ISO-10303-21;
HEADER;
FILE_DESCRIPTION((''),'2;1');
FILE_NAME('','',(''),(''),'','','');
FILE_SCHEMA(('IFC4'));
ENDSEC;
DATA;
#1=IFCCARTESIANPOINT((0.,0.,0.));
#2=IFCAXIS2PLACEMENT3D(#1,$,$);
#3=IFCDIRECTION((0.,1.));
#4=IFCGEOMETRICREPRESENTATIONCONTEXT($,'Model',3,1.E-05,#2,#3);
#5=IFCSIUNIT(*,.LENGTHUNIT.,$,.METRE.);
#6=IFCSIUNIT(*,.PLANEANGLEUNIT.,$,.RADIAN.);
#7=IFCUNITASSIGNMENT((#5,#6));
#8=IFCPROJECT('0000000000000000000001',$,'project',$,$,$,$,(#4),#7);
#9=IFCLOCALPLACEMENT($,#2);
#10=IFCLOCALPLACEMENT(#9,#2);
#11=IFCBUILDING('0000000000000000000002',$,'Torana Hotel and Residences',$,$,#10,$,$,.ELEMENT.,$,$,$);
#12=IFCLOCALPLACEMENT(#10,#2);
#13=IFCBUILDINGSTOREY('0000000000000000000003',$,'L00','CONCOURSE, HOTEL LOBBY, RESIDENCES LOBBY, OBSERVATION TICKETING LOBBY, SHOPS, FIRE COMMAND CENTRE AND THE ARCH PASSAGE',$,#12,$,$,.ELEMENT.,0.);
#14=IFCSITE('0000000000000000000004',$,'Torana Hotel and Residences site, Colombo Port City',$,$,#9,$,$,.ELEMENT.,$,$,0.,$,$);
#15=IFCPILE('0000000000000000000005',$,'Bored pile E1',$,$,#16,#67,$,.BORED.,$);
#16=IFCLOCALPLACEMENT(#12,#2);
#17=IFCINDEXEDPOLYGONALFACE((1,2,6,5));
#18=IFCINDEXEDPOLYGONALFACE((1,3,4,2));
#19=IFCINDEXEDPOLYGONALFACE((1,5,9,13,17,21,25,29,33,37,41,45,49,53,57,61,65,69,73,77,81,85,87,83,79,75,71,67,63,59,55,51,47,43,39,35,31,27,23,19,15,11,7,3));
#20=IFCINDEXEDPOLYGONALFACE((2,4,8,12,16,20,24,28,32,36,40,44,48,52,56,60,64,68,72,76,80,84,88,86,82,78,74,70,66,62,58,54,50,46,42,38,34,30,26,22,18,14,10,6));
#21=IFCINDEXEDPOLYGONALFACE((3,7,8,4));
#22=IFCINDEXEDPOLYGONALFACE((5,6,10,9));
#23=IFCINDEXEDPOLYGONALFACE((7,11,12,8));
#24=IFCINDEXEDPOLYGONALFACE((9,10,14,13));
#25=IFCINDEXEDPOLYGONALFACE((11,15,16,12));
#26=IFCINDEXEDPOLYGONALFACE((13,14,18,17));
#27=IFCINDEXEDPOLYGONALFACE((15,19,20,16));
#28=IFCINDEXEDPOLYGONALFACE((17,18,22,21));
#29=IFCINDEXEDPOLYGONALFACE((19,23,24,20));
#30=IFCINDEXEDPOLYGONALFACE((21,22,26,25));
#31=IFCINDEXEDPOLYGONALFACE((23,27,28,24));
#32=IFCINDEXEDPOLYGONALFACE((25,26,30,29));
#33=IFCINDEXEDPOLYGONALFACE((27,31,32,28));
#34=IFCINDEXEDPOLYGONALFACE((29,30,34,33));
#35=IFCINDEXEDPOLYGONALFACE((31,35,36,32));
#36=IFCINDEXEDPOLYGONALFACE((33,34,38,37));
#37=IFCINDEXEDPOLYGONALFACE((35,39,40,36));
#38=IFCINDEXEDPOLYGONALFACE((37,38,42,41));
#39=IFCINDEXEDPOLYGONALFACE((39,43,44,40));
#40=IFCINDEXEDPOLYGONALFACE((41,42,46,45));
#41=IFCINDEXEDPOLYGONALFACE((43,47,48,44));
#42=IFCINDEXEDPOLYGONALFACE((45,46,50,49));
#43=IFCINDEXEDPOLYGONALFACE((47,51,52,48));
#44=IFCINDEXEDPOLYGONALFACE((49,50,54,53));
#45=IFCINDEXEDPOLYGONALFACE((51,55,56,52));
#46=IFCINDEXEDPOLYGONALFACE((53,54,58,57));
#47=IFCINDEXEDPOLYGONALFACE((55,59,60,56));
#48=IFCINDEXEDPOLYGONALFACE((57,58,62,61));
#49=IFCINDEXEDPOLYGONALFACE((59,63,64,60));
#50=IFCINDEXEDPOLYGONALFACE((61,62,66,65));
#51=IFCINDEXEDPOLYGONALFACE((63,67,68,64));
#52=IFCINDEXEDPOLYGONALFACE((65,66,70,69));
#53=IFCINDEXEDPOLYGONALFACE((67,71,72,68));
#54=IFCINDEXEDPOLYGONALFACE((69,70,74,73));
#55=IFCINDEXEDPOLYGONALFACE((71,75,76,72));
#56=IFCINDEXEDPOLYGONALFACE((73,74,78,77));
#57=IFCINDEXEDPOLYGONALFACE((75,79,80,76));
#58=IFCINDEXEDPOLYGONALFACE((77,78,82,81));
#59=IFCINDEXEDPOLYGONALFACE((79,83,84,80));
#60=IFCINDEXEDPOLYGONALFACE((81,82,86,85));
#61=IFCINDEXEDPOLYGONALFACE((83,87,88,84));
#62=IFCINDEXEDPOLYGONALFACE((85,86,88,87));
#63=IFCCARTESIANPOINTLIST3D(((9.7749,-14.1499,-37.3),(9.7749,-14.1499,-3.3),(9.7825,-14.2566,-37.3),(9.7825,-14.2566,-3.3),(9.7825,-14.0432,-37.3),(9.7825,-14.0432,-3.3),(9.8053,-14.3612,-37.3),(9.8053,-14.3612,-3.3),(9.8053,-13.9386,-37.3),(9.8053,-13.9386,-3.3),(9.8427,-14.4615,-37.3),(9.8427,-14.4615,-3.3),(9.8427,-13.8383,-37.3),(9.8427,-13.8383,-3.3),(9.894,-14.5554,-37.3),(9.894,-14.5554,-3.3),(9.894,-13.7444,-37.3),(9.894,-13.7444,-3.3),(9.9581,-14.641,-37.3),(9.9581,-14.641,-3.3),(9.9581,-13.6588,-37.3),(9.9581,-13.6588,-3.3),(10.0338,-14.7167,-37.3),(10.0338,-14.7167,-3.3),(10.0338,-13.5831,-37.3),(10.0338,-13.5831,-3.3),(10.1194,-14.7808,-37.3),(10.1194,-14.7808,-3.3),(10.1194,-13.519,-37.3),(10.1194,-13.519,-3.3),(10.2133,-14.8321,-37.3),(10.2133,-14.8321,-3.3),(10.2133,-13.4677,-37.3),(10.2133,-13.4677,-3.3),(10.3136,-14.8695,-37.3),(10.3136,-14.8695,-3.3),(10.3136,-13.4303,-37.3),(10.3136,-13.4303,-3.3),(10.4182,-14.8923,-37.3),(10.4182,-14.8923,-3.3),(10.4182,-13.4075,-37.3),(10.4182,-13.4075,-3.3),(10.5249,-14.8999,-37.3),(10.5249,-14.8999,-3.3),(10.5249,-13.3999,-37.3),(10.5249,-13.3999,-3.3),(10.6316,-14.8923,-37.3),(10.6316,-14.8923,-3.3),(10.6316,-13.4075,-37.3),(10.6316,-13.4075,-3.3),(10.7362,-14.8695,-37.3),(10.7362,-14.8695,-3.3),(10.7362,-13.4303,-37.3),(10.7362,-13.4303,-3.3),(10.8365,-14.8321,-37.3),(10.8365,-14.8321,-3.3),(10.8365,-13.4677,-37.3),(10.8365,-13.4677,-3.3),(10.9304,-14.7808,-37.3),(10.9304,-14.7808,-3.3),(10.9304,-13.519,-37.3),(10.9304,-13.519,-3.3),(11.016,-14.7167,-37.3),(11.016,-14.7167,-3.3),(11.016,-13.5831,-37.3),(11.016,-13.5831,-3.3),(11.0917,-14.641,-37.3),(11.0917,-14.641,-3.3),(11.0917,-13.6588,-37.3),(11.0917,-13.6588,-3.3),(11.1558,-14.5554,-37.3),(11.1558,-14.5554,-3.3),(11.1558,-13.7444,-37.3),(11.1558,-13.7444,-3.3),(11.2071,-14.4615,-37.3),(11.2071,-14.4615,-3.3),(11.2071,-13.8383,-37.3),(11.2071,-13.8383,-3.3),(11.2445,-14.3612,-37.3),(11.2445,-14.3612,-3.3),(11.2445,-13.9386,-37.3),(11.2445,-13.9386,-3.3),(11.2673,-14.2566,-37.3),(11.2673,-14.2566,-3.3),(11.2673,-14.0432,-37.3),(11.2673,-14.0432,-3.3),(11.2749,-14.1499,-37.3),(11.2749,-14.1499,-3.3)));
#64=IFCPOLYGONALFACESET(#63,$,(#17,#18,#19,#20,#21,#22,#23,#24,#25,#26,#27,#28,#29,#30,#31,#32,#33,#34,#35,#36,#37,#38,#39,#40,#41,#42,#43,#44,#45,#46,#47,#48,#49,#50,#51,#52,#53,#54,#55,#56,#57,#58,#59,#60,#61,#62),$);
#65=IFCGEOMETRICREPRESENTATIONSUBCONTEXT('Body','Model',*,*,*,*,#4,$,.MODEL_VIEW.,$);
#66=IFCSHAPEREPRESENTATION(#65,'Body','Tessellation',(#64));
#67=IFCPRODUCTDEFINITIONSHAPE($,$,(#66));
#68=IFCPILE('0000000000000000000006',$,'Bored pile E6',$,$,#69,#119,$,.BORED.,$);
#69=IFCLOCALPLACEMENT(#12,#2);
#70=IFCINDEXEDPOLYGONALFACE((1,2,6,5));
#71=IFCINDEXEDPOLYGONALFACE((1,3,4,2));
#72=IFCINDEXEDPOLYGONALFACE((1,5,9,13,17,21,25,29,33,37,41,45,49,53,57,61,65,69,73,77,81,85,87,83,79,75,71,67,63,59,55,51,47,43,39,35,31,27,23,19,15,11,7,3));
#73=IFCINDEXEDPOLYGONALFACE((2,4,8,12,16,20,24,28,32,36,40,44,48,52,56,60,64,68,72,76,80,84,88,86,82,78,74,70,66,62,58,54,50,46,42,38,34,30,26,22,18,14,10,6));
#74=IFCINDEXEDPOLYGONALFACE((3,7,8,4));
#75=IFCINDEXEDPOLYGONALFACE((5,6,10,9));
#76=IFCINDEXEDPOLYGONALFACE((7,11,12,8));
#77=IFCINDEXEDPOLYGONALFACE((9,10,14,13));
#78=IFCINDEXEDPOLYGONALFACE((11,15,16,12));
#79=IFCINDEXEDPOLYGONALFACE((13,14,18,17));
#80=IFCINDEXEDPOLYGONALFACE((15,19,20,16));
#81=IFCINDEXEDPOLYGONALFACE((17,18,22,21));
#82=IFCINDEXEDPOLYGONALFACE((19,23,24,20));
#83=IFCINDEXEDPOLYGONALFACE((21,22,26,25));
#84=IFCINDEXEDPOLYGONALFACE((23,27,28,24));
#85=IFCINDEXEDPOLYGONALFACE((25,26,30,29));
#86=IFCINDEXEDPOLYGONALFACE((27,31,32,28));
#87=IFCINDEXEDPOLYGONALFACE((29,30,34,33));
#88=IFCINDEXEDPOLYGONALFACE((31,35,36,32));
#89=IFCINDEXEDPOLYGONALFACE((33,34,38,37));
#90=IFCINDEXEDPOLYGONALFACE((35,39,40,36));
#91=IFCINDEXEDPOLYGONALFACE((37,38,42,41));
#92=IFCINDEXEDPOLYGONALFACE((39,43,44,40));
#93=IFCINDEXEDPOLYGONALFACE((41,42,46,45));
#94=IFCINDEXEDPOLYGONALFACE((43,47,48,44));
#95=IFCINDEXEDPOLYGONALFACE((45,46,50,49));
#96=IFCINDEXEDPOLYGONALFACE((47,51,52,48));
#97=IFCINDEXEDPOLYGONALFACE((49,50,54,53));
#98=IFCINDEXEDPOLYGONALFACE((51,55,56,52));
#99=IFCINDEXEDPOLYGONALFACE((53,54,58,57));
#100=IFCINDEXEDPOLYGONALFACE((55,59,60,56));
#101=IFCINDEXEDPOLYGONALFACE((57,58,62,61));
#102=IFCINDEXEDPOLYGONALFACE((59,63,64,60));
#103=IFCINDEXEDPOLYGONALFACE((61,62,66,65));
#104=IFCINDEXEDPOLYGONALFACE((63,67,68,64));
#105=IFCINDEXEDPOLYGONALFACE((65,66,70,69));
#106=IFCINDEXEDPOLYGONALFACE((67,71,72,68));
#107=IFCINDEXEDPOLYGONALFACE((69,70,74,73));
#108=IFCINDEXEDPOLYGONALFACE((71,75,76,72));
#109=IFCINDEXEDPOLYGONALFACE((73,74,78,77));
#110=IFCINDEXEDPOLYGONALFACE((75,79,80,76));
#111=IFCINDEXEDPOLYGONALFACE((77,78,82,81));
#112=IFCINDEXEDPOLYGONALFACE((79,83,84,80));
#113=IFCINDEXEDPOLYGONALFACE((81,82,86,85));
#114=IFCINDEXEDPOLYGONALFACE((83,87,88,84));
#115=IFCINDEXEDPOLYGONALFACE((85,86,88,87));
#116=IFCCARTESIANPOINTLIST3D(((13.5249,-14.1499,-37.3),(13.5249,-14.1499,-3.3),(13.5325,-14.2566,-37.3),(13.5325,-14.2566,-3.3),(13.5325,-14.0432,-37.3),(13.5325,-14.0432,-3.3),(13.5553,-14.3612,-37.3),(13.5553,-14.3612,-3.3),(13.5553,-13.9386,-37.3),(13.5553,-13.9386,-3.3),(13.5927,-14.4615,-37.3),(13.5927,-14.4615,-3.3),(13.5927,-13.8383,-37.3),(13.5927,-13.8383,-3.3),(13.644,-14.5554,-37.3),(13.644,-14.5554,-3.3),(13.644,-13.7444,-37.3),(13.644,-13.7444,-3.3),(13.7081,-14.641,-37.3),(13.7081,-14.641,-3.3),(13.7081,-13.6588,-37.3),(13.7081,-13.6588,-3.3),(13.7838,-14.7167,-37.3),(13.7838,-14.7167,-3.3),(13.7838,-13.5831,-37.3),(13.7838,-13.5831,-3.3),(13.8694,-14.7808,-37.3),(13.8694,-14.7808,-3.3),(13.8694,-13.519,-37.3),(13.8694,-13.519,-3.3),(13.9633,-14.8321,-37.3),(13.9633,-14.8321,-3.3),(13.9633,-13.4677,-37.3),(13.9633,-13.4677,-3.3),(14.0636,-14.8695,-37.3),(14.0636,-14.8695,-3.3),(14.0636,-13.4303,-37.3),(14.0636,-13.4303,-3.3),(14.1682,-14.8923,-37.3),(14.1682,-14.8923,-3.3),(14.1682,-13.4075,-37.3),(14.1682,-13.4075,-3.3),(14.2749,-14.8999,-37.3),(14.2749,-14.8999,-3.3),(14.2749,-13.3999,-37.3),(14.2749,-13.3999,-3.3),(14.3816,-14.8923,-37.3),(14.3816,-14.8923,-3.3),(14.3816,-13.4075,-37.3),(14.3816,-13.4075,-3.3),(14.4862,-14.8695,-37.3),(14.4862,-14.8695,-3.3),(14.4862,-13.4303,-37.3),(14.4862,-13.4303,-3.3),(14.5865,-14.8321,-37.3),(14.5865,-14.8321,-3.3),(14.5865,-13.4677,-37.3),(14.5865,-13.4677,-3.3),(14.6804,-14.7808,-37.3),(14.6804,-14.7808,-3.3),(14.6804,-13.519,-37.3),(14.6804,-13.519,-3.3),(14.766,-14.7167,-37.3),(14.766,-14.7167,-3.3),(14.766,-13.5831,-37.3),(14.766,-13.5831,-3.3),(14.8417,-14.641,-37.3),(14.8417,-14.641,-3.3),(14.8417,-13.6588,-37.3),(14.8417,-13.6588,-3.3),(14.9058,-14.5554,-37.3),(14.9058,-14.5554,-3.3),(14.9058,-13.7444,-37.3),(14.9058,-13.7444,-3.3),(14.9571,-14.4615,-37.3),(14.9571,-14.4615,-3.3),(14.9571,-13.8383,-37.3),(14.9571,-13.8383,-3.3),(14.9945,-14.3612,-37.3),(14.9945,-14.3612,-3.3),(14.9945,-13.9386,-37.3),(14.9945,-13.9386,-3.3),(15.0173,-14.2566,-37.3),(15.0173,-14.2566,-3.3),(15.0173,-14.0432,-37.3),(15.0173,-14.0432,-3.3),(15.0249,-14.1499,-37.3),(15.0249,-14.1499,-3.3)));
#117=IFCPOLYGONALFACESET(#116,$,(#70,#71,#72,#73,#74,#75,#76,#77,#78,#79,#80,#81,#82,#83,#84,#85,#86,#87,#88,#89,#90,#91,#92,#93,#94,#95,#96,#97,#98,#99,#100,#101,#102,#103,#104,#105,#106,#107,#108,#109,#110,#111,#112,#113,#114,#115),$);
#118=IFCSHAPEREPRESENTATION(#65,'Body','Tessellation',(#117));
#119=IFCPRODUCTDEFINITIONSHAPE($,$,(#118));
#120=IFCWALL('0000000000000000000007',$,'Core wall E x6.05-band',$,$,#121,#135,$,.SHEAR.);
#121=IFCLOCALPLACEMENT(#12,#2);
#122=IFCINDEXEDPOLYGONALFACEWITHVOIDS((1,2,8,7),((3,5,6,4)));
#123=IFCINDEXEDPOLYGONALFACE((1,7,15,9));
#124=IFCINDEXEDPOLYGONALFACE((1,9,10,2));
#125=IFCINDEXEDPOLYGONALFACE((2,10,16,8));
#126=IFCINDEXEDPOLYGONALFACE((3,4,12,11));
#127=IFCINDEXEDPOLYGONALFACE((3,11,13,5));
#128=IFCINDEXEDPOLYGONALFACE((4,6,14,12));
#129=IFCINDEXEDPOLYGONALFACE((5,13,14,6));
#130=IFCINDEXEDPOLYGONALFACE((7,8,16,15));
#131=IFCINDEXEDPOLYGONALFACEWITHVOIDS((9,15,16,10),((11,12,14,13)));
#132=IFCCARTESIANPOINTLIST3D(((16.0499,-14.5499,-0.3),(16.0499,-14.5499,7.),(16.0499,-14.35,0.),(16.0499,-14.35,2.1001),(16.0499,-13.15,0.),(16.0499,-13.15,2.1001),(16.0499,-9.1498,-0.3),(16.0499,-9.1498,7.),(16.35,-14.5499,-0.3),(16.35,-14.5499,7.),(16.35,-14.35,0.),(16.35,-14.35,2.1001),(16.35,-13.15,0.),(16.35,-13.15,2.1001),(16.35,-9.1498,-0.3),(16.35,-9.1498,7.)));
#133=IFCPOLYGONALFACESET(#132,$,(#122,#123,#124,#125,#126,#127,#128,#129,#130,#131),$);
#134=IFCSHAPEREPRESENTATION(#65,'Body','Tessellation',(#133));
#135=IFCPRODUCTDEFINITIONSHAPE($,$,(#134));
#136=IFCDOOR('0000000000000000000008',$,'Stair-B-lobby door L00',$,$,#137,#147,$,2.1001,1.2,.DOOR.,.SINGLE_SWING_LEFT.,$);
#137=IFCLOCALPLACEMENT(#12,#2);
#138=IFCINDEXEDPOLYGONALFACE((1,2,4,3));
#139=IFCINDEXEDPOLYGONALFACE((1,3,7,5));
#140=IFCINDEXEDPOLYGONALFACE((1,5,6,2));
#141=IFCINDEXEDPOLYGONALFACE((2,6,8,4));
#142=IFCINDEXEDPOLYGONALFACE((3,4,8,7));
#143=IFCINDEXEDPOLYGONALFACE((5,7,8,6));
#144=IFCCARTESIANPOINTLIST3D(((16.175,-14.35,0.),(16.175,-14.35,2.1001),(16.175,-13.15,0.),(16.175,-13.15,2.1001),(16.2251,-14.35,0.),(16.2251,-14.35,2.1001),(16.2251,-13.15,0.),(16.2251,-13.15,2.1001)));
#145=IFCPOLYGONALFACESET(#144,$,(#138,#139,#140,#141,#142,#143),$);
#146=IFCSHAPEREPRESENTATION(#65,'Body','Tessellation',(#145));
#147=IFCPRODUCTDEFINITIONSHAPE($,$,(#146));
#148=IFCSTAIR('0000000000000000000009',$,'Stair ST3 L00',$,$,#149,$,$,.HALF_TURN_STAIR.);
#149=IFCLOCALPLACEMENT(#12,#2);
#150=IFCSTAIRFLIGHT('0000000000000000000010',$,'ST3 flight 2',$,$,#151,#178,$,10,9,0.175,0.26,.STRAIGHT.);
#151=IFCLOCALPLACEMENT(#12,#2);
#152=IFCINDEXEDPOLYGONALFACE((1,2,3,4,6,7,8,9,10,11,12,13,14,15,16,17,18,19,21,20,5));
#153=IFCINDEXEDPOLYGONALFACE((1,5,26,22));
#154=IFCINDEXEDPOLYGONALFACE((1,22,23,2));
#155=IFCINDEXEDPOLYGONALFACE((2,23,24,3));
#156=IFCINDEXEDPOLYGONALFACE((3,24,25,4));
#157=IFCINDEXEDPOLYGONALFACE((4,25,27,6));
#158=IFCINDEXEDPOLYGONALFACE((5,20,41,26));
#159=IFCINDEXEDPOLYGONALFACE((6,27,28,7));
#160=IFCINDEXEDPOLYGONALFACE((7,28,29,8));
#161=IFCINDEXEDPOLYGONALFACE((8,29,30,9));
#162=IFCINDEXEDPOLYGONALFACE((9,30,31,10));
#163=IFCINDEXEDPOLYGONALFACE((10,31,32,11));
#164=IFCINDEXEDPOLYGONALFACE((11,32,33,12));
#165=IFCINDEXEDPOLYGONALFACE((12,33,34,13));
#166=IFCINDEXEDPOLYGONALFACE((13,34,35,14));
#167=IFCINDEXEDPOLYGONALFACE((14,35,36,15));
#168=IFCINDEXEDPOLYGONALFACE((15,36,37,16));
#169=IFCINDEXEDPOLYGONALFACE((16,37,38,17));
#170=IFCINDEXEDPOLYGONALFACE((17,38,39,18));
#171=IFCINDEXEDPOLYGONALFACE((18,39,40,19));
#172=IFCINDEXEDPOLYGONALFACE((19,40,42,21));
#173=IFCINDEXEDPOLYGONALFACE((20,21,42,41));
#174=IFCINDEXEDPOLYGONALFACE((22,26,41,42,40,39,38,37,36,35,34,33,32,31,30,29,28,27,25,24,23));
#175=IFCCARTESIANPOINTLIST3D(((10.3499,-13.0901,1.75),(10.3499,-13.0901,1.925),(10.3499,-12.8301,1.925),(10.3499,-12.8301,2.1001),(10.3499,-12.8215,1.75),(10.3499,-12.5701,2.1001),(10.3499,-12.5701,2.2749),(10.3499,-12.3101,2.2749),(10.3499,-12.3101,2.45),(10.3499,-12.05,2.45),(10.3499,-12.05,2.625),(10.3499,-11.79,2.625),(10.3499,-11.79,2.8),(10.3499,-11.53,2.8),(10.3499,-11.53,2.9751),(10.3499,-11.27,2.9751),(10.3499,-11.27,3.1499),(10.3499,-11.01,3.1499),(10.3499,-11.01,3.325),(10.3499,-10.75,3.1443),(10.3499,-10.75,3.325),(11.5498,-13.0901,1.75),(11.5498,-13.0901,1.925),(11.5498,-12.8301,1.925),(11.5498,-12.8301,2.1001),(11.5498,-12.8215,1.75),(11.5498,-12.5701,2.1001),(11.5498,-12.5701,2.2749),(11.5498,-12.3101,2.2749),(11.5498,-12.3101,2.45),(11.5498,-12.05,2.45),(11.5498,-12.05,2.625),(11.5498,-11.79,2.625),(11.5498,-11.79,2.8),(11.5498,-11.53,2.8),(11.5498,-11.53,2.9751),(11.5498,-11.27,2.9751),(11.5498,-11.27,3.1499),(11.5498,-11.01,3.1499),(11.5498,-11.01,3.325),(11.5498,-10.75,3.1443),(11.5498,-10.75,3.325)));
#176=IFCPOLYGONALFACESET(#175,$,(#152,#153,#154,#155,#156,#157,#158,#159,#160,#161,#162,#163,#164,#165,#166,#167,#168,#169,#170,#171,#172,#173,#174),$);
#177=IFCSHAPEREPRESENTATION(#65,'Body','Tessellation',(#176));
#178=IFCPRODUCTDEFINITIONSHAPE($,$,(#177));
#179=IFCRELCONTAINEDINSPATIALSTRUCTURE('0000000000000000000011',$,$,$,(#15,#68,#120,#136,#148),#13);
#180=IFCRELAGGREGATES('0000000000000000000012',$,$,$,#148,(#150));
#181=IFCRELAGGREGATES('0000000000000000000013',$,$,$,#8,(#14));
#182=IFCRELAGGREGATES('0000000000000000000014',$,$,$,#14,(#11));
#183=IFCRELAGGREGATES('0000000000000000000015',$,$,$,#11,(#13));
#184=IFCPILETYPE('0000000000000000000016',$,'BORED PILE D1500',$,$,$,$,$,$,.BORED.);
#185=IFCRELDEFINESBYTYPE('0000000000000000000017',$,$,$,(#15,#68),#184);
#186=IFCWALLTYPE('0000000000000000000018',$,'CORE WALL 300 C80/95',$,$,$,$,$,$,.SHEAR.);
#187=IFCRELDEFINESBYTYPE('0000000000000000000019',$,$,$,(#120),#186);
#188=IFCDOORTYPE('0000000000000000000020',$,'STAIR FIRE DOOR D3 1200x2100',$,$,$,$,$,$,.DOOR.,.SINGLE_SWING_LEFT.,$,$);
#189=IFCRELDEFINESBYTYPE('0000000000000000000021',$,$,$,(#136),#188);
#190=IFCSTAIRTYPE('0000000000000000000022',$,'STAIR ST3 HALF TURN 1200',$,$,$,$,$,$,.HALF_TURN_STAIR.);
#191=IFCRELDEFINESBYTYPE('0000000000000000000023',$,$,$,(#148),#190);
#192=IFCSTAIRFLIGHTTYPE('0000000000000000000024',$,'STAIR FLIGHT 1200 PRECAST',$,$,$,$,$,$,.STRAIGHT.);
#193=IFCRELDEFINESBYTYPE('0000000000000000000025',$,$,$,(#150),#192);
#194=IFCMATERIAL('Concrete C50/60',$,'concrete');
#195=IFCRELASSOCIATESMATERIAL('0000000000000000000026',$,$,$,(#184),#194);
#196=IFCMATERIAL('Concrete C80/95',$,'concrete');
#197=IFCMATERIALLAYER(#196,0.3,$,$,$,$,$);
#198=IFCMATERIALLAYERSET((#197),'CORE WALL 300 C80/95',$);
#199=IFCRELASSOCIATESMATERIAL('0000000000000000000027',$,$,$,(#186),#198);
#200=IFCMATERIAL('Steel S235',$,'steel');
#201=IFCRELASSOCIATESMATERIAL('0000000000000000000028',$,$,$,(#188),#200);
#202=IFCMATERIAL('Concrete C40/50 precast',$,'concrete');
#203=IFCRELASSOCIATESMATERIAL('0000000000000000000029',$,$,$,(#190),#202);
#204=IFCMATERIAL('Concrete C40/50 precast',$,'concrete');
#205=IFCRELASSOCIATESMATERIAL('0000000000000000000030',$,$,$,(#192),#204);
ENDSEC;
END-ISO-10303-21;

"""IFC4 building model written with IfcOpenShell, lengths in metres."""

from ifc_helpers import new_model, si_unit, direction, frame, frame_2d, origin, origin_2d, place, context, subcontext, project, spatial, polyline, rectangle, circle, outline, extrude, material, layer, layer_set, type_object, element, fill, aggregate, save


model = new_model("IFC4")

# Units and contexts
model_context = context("Model", 3, precision=1e-05, world=origin(), true_north=direction((0.0, 1.0)))
body_context = subcontext(model_context, "Body", "Model", "MODEL_VIEW")
ifc_project = project(units=[si_unit("LENGTHUNIT", "METRE"), si_unit("PLANEANGLEUNIT", "RADIAN")], contexts=[model_context])

# Site, building, storey
site_placement = place(None, origin())
site = spatial("IfcSite", under=ifc_project, at=site_placement, Name="Torana Hotel and Residences site, Colombo Port City", CompositionType="ELEMENT", RefElevation=0.0)
building_placement = place(site_placement, origin())
building = spatial("IfcBuilding", under=site, at=building_placement, Name="Torana Hotel and Residences", CompositionType="ELEMENT")
storey_placement = place(building_placement, origin())
storey = spatial("IfcBuildingStorey", under=building, at=storey_placement, Name="L00", Description="CONCOURSE, HOTEL LOBBY, RESIDENCES LOBBY, OBSERVATION TICKETING LOBBY, SHOPS, FIRE COMMAND CENTRE AND THE ARCH PASSAGE", CompositionType="ELEMENT", Elevation=0.0)

# Piles
ifc_material_1 = material(Name="Concrete C50/60", Category="concrete")
pile_type = type_object("IfcPileType", Name="BORED PILE D1500", PredefinedType="BORED", material=ifc_material_1)
for number, where, z_axis, x_axis, name in (
    (1, (10.5249, -14.1499, -3.3), (0.0, 0.0, -1.0), (1.0, 0.0, 0.0), "Bored pile E1"),
    (2, (14.2749, -14.1499, -3.3), (0.0, 0.0, -1.0), (1.0, 0.0, 0.0), "Bored pile E6"),
):
    element("IfcPile", number, at=place(storey_placement, frame(where, z_axis=z_axis, x_axis=x_axis)), inside=storey, type_object=pile_type, Name=name, PredefinedType="BORED", context=body_context, shape_type="SweptSolid", body=[
        extrude(circle(Radius=0.75, at=origin_2d()), origin(), (0.0, 0.0, 1.0), 34.0),
    ])

# Wall, opening, door
ifc_material_2 = material(Name="Concrete C80/95", Category="concrete")
ifc_layer = layer(ifc_material_2, 0.3)
ifc_layer_set = layer_set([ifc_layer], Name="CORE WALL 300 C80/95")
wall_type = type_object("IfcWallType", Name="CORE WALL 300 C80/95", PredefinedType="SHEAR", material=ifc_layer_set)
wall_placement = place(storey_placement, frame((16.2, -14.55, -0.3), z_axis=(0.0, 0.0, 1.0), x_axis=(0.0, 1.0, 0.0)))
wall = element("IfcWall", 3, at=wall_placement, inside=storey, type_object=wall_type, Name="Core wall E x6.05-band", PredefinedType="SHEAR", context=body_context, shape_type="SweptSolid", body=[
    extrude(rectangle(XDim=5.4001, YDim=0.3, at=frame_2d((2.7002, 0.0))), origin(), (0.0, 0.0, 1.0), 7.3),
])
opening_placement = place(wall_placement, frame((0.2, 0.0, 0.3)))
opening = element("IfcOpeningElement", 4, at=opening_placement, cuts=wall, PredefinedType="OPENING", context=body_context, shape_type="SweptSolid", body=[
    extrude(rectangle(XDim=1.2, YDim=2.1001, at=frame_2d((0.6001, 1.05))), frame((0.0, 0.1599, 0.0), z_axis=(0.0, -1.0, 0.0), x_axis=(1.0, 0.0, 0.0)), (0.0, 0.0, 1.0), 0.3201),
])
ifc_material_3 = material(Name="Steel S235", Category="steel")
door_type = type_object("IfcDoorType", Name="STAIR FIRE DOOR D3 1200x2100", OperationType="SINGLE_SWING_LEFT", PredefinedType="DOOR", material=ifc_material_3)
door_placement = place(opening_placement, frame((0.6001, 0.0, 0.0), z_axis=(0.0, 0.0, 1.0), x_axis=(-1.0, 0.0, 0.0)))
door = element("IfcDoor", 5, at=door_placement, inside=storey, type_object=door_type, Name="Stair-B-lobby door L00", OperationType="SINGLE_SWING_LEFT", OverallHeight=2.1001, OverallWidth=1.2, PredefinedType="DOOR", context=body_context, shape_type="SweptSolid", body=[
    extrude(rectangle(XDim=1.2, YDim=2.1001, at=frame_2d((0.0, 1.05))), frame((0.0, -0.0249, 0.0), z_axis=(0.0, 1.0, 0.0), x_axis=(-1.0, 0.0, 0.0)), (0.0, 0.0, 1.0), 0.05),
])
fill(opening, door)

# Stair, stair flight
ifc_material_4 = material(Name="Concrete C40/50 precast", Category="concrete")
stair_type_1 = type_object("IfcStairType", Name="STAIR ST3 HALF TURN 1200", PredefinedType="HALF_TURN_STAIR", material=ifc_material_4)
stair_1_placement = place(storey_placement, origin())
stair_1 = element("IfcStair", 6, at=stair_1_placement, inside=storey, type_object=stair_type_1, Name="Stair ST3 L00", PredefinedType="HALF_TURN_STAIR")
ifc_material_5 = material(Name="Concrete C40/50 precast", Category="concrete")
stair_flight_type = type_object("IfcStairFlightType", Name="STAIR FLIGHT 1200 PRECAST", PredefinedType="STRAIGHT", material=ifc_material_5)
stair_flight_1_placement = place(storey_placement, frame((10.95, -13.0901, 1.75), z_axis=(0.0, 0.0, 1.0), x_axis=(0.0, 1.0, 0.0)))
stair_flight_1 = element("IfcStairFlight", 7, at=stair_flight_1_placement, type_object=stair_flight_type, Name="ST3 flight 2", NumberOfRisers=10, NumberOfTreads=9, PredefinedType="STRAIGHT", RiserHeight=0.175, TreadLength=0.26, context=body_context, shape_type="SweptSolid", body=[
    extrude(outline(polyline([(0.0, 0.0), (0.0, 0.175), (0.26, 0.175), (0.26, 0.3501), (0.52, 0.3501), (0.52, 0.5249), (0.78, 0.5249), (0.78, 0.7), (1.04, 0.7), (1.04, 0.875), (1.3, 0.875), (1.3, 1.05), (1.5601, 1.05), (1.5601, 1.2251), (1.8201, 1.2251), (1.8201, 1.3999), (2.0801, 1.3999), (2.0801, 1.575), (2.3401, 1.575), (2.3401, 1.75), (2.3401, 1.3943), (0.2686, 0.0), (0.0, 0.0)])), frame((0.0, 0.6001, 0.0), z_axis=(0.0, -1.0, 0.0), x_axis=(1.0, 0.0, 0.0)), (0.0, 0.0, 1.0), 1.2),
])
aggregate(stair_1, [stair_flight_1])

save(model, "model.ifc")
